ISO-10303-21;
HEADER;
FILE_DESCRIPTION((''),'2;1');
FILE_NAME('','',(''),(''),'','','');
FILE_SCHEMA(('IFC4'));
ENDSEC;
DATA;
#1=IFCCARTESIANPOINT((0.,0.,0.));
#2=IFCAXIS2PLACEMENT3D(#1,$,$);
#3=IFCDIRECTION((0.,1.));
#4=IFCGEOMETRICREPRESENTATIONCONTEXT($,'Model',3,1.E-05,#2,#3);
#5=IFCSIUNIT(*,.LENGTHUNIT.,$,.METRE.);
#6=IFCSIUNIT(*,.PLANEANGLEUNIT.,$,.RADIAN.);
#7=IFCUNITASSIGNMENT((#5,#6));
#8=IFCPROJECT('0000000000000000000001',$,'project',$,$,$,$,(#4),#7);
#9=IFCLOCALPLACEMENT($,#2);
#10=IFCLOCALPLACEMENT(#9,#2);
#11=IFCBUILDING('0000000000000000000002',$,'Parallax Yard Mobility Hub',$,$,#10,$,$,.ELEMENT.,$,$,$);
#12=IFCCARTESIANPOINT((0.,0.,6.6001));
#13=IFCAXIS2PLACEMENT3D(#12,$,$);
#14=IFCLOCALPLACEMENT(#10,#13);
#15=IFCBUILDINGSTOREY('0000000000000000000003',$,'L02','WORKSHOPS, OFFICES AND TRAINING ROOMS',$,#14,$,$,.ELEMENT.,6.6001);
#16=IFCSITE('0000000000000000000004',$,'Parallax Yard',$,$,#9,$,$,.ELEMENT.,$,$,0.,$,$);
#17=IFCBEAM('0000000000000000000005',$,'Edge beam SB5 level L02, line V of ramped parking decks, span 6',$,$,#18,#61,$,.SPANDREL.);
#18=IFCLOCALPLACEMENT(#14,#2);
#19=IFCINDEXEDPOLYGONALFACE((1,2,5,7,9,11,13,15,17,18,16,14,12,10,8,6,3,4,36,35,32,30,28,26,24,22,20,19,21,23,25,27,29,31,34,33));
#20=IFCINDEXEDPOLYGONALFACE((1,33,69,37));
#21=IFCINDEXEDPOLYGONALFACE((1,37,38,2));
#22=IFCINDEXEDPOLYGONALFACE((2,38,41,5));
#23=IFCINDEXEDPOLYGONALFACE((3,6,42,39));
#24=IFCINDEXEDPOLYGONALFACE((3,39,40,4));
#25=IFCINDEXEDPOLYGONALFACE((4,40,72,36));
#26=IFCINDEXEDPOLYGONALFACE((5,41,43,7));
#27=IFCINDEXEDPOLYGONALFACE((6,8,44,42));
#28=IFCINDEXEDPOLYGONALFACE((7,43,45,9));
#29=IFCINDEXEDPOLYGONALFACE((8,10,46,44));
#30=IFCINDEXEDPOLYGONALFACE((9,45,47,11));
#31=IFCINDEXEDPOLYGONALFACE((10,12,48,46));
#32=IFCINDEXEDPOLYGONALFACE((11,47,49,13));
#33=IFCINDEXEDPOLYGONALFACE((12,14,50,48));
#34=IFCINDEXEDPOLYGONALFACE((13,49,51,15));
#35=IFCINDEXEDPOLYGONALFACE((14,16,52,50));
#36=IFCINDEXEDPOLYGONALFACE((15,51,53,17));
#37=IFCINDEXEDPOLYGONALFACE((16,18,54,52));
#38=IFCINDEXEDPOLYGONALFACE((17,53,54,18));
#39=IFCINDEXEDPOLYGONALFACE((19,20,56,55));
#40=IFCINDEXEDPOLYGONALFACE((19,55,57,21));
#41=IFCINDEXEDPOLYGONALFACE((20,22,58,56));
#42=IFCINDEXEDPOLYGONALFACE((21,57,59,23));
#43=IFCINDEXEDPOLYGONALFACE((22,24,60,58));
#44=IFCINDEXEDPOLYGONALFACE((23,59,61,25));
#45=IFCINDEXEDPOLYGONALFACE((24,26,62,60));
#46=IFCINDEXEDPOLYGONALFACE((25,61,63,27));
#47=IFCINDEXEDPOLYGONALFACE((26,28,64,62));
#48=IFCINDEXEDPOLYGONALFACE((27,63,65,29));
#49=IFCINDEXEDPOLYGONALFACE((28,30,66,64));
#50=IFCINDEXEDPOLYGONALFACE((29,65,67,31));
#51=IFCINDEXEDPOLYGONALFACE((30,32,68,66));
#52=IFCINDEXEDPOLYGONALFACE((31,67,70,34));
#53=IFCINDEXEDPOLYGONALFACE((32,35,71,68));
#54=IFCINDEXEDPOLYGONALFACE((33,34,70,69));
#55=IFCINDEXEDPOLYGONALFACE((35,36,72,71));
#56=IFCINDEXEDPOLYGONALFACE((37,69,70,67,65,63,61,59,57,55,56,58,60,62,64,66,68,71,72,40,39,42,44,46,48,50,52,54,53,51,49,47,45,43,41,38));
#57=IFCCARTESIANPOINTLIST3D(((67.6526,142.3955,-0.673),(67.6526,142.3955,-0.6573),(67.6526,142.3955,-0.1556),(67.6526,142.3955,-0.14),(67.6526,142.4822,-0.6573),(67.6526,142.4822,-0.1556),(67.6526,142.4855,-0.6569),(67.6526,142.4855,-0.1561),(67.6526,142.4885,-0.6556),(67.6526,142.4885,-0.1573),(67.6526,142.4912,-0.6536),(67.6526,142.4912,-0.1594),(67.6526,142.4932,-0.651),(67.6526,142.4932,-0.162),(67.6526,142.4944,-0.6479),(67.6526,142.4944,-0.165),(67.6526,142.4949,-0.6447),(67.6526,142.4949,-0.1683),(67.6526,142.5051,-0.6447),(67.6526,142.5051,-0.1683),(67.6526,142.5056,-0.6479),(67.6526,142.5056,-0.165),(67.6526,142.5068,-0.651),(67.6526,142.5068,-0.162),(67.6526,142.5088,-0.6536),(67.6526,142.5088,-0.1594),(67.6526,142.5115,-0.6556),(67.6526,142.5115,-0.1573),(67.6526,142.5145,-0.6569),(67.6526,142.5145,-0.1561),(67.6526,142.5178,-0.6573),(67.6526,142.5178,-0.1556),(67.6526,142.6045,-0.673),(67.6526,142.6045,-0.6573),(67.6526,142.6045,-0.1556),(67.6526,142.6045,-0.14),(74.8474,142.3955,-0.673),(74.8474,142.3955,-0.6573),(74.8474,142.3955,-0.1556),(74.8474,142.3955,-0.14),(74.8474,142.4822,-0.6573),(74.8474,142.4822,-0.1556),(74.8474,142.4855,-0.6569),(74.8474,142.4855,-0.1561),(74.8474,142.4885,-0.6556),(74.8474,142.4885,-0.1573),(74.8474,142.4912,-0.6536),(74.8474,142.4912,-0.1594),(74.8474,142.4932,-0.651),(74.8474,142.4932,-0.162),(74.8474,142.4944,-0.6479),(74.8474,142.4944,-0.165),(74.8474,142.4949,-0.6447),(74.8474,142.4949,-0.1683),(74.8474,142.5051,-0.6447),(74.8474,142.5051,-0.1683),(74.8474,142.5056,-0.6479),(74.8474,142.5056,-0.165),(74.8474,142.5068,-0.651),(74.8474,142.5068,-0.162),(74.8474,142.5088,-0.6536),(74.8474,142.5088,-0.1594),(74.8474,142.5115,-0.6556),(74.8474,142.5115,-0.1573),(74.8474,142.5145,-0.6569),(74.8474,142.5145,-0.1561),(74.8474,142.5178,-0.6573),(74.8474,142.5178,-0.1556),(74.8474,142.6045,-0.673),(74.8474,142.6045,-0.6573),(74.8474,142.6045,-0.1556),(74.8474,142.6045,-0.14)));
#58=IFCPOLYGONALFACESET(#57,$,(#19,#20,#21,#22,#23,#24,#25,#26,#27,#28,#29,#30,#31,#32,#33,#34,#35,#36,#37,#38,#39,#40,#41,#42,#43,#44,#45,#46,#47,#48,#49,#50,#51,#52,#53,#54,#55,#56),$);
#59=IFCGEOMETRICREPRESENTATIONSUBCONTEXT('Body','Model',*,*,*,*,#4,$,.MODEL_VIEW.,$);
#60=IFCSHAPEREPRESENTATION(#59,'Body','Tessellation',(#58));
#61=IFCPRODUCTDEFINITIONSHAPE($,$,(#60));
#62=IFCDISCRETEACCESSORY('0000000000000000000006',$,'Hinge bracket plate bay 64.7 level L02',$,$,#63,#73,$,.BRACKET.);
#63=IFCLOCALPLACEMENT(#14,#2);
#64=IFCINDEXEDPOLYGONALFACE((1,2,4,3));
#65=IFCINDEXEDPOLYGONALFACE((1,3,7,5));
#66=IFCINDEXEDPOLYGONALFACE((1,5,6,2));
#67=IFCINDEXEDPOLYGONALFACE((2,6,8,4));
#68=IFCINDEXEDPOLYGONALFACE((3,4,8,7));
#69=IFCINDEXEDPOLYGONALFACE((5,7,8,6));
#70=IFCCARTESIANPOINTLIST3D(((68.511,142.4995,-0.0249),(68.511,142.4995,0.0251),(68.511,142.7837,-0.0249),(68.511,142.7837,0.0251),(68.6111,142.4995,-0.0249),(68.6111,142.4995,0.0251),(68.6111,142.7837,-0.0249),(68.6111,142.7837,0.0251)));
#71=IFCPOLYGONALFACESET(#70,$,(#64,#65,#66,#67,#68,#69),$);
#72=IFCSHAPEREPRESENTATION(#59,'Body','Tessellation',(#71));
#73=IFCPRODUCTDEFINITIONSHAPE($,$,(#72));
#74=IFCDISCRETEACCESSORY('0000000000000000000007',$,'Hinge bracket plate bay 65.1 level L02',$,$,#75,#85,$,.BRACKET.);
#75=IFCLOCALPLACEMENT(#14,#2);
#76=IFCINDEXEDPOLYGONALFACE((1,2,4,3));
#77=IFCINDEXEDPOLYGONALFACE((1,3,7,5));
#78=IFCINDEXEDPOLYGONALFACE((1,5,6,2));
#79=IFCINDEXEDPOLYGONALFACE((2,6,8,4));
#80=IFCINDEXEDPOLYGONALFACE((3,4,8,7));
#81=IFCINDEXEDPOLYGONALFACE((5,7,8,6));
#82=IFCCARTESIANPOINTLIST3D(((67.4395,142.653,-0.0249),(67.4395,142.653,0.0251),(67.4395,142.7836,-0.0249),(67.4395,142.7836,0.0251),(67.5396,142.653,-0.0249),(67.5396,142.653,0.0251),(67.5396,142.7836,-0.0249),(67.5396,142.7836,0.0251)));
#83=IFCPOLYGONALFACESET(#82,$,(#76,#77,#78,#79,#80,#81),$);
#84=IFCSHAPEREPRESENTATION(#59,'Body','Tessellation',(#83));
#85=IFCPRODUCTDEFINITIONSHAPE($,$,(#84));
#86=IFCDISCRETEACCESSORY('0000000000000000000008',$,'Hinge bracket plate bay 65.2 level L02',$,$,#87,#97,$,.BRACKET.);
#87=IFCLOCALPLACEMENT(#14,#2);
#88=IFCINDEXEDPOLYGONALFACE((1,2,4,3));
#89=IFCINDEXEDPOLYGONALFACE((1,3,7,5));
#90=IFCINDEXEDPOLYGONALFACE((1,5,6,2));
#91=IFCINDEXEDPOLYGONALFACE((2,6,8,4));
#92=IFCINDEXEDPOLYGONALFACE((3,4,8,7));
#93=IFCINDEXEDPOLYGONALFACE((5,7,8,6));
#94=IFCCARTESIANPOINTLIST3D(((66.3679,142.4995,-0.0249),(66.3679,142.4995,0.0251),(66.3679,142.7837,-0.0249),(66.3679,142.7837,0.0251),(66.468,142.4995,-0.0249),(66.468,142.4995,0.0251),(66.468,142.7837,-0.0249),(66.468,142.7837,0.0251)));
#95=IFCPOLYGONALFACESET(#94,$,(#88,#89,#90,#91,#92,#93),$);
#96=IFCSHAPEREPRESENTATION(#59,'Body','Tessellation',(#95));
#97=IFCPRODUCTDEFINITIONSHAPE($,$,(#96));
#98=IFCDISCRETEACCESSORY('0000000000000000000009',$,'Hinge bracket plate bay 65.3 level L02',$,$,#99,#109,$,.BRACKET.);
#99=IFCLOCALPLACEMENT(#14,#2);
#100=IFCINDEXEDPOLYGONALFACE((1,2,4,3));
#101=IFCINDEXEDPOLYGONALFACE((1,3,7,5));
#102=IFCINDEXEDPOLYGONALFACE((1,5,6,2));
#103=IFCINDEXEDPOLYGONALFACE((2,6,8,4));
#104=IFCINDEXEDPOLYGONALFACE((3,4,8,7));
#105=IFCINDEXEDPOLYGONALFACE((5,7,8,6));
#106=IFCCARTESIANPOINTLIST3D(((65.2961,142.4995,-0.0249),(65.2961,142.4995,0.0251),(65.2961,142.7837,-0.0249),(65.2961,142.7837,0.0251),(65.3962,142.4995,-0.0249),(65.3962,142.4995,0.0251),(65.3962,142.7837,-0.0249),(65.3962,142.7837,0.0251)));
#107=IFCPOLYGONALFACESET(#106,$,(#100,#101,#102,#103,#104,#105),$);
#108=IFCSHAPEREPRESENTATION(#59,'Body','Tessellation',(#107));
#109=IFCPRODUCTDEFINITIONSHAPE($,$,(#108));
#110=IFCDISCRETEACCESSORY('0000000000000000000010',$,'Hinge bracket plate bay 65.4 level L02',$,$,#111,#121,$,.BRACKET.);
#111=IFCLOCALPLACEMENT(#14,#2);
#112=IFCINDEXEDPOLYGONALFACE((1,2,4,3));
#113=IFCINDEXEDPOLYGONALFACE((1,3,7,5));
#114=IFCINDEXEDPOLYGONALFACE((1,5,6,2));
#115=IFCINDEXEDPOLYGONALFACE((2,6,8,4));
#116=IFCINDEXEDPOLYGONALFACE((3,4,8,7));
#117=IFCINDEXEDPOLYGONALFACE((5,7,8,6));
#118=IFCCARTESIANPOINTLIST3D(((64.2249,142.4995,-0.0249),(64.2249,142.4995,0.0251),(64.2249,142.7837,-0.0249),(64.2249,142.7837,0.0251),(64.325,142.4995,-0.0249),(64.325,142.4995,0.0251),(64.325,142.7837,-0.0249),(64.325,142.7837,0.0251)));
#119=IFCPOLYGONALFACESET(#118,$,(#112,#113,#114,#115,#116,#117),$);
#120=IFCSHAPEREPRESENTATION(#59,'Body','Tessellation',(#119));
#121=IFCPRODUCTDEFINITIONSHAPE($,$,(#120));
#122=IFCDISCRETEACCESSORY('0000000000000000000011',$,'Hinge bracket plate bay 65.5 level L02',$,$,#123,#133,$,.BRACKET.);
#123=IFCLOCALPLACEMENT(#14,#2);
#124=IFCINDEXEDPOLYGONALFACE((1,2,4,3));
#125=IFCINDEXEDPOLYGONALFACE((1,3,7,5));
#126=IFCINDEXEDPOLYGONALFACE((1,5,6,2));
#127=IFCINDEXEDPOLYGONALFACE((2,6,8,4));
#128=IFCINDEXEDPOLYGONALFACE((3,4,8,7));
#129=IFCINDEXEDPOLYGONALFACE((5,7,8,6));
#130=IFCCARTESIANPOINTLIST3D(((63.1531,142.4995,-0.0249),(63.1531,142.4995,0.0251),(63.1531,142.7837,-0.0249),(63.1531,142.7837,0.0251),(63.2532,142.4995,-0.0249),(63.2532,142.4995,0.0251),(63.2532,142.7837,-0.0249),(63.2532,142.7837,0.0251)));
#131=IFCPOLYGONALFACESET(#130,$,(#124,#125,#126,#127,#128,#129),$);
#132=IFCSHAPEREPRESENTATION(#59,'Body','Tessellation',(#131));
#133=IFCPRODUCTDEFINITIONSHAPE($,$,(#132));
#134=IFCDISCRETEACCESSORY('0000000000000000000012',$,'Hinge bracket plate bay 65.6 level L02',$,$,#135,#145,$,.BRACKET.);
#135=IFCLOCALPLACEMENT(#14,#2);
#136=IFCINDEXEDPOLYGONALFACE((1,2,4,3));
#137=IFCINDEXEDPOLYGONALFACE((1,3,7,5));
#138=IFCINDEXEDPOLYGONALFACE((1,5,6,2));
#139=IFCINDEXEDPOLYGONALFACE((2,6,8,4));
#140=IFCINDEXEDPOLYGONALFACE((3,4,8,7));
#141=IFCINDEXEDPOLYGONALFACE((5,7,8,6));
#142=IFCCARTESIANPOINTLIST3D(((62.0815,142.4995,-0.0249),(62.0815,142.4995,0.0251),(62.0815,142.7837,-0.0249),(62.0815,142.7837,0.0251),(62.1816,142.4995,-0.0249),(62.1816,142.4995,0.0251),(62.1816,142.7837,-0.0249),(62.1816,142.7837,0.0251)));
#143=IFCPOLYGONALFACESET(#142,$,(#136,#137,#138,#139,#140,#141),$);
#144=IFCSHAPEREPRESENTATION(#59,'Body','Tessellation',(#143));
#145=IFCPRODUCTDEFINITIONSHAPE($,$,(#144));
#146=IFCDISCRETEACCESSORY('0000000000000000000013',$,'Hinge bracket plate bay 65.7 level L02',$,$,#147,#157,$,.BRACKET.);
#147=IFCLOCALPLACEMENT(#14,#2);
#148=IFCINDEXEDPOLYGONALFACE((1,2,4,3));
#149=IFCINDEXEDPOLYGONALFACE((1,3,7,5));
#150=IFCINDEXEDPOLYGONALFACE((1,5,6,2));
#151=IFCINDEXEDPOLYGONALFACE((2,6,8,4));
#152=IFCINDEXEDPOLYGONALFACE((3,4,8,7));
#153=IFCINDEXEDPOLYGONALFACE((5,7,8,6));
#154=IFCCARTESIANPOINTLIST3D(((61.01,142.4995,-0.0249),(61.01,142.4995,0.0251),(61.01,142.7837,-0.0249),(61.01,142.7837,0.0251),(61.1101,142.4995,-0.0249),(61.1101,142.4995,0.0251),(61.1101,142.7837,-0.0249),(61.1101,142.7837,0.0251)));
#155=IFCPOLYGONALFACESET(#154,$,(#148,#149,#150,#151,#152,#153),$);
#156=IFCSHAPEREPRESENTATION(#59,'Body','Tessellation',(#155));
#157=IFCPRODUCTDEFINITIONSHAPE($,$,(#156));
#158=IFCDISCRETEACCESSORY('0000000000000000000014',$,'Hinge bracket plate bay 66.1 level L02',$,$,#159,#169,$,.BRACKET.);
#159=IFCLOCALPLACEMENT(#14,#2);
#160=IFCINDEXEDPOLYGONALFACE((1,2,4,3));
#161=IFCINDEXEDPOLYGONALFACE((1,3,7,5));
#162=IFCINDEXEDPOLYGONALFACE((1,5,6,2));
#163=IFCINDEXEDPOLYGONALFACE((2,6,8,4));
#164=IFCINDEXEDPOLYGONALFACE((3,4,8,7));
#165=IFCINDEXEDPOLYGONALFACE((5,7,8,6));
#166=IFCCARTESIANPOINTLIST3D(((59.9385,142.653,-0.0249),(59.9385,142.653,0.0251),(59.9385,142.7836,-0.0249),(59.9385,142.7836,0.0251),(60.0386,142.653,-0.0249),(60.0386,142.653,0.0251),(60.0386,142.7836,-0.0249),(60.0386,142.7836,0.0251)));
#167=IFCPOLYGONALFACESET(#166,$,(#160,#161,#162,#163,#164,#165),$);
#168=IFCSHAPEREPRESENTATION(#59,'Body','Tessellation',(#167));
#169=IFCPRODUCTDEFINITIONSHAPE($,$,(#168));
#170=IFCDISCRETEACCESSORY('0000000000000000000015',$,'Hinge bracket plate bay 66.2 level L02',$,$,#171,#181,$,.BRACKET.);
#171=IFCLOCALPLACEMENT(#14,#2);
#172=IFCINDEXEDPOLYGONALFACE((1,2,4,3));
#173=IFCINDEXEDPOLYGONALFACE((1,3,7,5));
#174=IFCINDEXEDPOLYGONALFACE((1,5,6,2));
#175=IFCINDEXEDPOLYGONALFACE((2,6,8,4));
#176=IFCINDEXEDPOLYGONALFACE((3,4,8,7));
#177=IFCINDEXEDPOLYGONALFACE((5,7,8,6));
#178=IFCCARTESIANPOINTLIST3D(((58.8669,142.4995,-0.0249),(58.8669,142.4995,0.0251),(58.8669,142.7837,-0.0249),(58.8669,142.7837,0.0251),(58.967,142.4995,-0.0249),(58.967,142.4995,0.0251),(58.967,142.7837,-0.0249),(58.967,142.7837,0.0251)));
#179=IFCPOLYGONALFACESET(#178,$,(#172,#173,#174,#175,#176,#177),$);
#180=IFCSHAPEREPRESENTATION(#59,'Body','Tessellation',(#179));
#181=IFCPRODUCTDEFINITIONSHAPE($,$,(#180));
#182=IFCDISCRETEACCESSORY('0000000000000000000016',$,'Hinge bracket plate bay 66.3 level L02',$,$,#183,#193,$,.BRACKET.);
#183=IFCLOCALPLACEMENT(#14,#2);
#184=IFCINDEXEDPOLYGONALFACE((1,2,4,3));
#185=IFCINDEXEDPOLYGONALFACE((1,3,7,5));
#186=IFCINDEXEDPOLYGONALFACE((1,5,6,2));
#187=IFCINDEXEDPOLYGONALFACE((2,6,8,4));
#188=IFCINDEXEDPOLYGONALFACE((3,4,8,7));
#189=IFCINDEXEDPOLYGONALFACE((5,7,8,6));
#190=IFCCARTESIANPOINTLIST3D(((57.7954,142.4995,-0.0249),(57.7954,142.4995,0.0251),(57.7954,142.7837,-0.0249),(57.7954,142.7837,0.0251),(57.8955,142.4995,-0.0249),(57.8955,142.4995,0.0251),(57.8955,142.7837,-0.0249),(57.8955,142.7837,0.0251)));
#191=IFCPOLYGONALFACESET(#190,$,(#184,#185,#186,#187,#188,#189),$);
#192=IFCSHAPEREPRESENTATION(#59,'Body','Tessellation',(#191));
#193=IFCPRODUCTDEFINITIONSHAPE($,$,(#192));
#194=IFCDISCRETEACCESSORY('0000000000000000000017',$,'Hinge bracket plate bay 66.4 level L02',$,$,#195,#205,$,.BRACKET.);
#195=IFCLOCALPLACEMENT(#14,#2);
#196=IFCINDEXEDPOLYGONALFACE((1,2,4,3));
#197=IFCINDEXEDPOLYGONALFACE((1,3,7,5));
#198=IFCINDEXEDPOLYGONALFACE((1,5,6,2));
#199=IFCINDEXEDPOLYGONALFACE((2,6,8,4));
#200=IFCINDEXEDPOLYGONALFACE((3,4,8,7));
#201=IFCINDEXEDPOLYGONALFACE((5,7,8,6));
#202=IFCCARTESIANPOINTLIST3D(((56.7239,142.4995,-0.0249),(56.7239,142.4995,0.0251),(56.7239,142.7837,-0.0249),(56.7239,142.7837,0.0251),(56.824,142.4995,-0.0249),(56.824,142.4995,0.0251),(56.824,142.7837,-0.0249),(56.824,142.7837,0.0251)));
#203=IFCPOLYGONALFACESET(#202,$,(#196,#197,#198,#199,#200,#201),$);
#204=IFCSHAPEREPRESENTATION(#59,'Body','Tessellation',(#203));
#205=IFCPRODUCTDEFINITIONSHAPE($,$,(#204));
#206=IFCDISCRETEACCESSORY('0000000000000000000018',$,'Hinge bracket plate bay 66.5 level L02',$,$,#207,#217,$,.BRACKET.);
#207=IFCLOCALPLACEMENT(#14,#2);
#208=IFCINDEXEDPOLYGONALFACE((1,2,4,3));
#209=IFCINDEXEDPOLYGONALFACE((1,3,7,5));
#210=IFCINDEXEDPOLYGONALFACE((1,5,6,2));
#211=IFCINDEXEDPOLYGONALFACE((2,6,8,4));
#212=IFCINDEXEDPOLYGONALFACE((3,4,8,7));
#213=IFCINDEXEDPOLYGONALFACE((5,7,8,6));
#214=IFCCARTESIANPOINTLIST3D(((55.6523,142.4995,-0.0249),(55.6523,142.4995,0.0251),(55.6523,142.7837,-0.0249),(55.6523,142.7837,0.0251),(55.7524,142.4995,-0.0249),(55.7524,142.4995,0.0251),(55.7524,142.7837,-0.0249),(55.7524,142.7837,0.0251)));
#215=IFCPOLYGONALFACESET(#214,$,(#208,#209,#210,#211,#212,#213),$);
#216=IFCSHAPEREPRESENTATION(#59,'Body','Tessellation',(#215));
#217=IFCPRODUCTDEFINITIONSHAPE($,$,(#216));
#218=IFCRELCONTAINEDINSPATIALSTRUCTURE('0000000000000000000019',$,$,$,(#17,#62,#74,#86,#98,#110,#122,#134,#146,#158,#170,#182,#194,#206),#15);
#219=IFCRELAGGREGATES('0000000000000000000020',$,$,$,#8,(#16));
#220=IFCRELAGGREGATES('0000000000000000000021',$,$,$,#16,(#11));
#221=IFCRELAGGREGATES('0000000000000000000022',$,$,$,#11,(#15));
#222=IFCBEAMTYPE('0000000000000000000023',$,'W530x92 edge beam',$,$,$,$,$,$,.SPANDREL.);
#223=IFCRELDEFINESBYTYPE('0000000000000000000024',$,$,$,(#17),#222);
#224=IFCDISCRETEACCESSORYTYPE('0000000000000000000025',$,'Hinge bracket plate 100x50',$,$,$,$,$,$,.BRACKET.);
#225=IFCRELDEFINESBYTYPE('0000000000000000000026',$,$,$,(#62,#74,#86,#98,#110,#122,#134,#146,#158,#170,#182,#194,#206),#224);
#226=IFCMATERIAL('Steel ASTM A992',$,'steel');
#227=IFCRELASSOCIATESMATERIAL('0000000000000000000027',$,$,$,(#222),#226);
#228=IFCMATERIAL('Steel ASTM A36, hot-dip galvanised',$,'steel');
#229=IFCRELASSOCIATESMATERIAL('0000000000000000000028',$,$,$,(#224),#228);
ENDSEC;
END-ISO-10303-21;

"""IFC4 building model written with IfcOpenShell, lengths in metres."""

from ifc_helpers import new_model, si_unit, direction, frame, origin, origin_2d, place, context, subcontext, project, spatial, rectangle, i_section, extrude, material, material_profile, profile_set, type_object, element, save


model = new_model("IFC4")

# Units and contexts
model_context = context("Model", 3, precision=1e-05, world=origin(), true_north=direction((0.0, 1.0)))
body_context = subcontext(model_context, "Body", "Model", "MODEL_VIEW")
ifc_project = project(units=[si_unit("LENGTHUNIT", "METRE"), si_unit("PLANEANGLEUNIT", "RADIAN")], contexts=[model_context])

# Site, building, storey
site_placement = place(None, origin())
site = spatial("IfcSite", under=ifc_project, at=site_placement, Name="Parallax Yard", CompositionType="ELEMENT", RefElevation=0.0)
building_placement = place(site_placement, origin())
building = spatial("IfcBuilding", under=site, at=building_placement, Name="Parallax Yard Mobility Hub", CompositionType="ELEMENT")
storey_placement = place(building_placement, frame((0.0, 0.0, 6.6001)))
storey = spatial("IfcBuildingStorey", under=building, at=storey_placement, Name="L02", Description="WORKSHOPS, OFFICES AND TRAINING ROOMS", CompositionType="ELEMENT", Elevation=6.6001)

# Beam
ifc_material_1 = material(Name="Steel ASTM A992", Category="steel")
ifc_material_profile_1 = material_profile(ifc_material_1, i_section(OverallWidth=0.209, OverallDepth=0.533, WebThickness=0.0103, FlangeThickness=0.0156, FilletRadius=0.0127, at=origin_2d()), Name="W530x92")
ifc_profile_set_1 = profile_set([ifc_material_profile_1], Name="Steel ASTM A992")
beam_type = type_object("IfcBeamType", Name="W530x92 edge beam", PredefinedType="SPANDREL", material=ifc_profile_set_1)
beam_placement = place(storey_placement, frame((67.6526, 142.5, -0.4065), z_axis=(1.0, 0.0, 0.0), x_axis=(0.0, 1.0, 0.0)))
element("IfcBeam", 1, at=beam_placement, inside=storey, type_object=beam_type, Name="Edge beam SB5 level L02, line V of ramped parking decks, span 6", PredefinedType="SPANDREL", context=body_context, shape_type="SweptSolid", body=[
    extrude(i_section(OverallWidth=0.209, OverallDepth=0.533, WebThickness=0.0103, FlangeThickness=0.0156, FilletRadius=0.0127, at=origin_2d()), origin(), (0.0, 0.0, 1.0), 7.1948),
])

# Discrete accessories
ifc_material_2 = material(Name="Steel ASTM A36, hot-dip galvanised", Category="steel")
discrete_accessory_type_1 = type_object("IfcDiscreteAccessoryType", Name="Hinge bracket plate 100x50", PredefinedType="BRACKET", material=ifc_material_2)
discrete_accessory_1_placement = place(storey_placement, frame((68.561, 142.6416, -0.0249), z_axis=(0.0, 0.0, 1.0), x_axis=(0.0, 1.0, 0.0)))
element("IfcDiscreteAccessory", 2, at=discrete_accessory_1_placement, inside=storey, type_object=discrete_accessory_type_1, Name="Hinge bracket plate bay 64.7 level L02", PredefinedType="BRACKET", context=body_context, shape_type="SweptSolid", body=[
    extrude(rectangle(XDim=0.2842, YDim=0.1001, at=origin_2d()), origin(), (0.0, 0.0, 1.0), 0.05),
])
discrete_accessory_2_placement = place(storey_placement, frame((67.4895, 142.7183, -0.0249), z_axis=(0.0, 0.0, 1.0), x_axis=(0.0, 1.0, 0.0)))
element("IfcDiscreteAccessory", 3, at=discrete_accessory_2_placement, inside=storey, type_object=discrete_accessory_type_1, Name="Hinge bracket plate bay 65.1 level L02", PredefinedType="BRACKET", context=body_context, shape_type="SweptSolid", body=[
    extrude(rectangle(XDim=0.1306, YDim=0.1001, at=origin_2d()), origin(), (0.0, 0.0, 1.0), 0.05),
])
for number, where, z_axis, x_axis, name in (
    (4, (66.418, 142.6416, -0.0249), (0.0, 0.0, 1.0), (0.0, 1.0, 0.0), "Hinge bracket plate bay 65.2 level L02"),
    (5, (65.3462, 142.6416, -0.0249), (0.0, 0.0, 1.0), (0.0, 1.0, 0.0), "Hinge bracket plate bay 65.3 level L02"),
    (6, (64.2749, 142.6416, -0.0249), (0.0, 0.0, 1.0), (0.0, 1.0, 0.0), "Hinge bracket plate bay 65.4 level L02"),
    (7, (63.2031, 142.6416, -0.0249), (0.0, 0.0, 1.0), (0.0, 1.0, 0.0), "Hinge bracket plate bay 65.5 level L02"),
    (8, (62.1316, 142.6416, -0.0249), (0.0, 0.0, 1.0), (0.0, 1.0, 0.0), "Hinge bracket plate bay 65.6 level L02"),
    (9, (61.0601, 142.6416, -0.0249), (0.0, 0.0, 1.0), (0.0, 1.0, 0.0), "Hinge bracket plate bay 65.7 level L02"),
):
    element("IfcDiscreteAccessory", number, at=place(storey_placement, frame(where, z_axis=z_axis, x_axis=x_axis)), inside=storey, type_object=discrete_accessory_type_1, Name=name, PredefinedType="BRACKET", context=body_context, shape_type="SweptSolid", body=[
        extrude(rectangle(XDim=0.2842, YDim=0.1001, at=origin_2d()), origin(), (0.0, 0.0, 1.0), 0.05),
    ])
discrete_accessory_3_placement = place(storey_placement, frame((59.9885, 142.7183, -0.0249), z_axis=(0.0, 0.0, 1.0), x_axis=(0.0, 1.0, 0.0)))
element("IfcDiscreteAccessory", 10, at=discrete_accessory_3_placement, inside=storey, type_object=discrete_accessory_type_1, Name="Hinge bracket plate bay 66.1 level L02", PredefinedType="BRACKET", context=body_context, shape_type="SweptSolid", body=[
    extrude(rectangle(XDim=0.1306, YDim=0.1001, at=origin_2d()), origin(), (0.0, 0.0, 1.0), 0.05),
])
for number, where, z_axis, x_axis, name in (
    (11, (58.917, 142.6416, -0.0249), (0.0, 0.0, 1.0), (0.0, 1.0, 0.0), "Hinge bracket plate bay 66.2 level L02"),
    (12, (57.8455, 142.6416, -0.0249), (0.0, 0.0, 1.0), (0.0, 1.0, 0.0), "Hinge bracket plate bay 66.3 level L02"),
    (13, (56.7739, 142.6416, -0.0249), (0.0, 0.0, 1.0), (0.0, 1.0, 0.0), "Hinge bracket plate bay 66.4 level L02"),
    (14, (55.7024, 142.6416, -0.0249), (0.0, 0.0, 1.0), (0.0, 1.0, 0.0), "Hinge bracket plate bay 66.5 level L02"),
):
    element("IfcDiscreteAccessory", number, at=place(storey_placement, frame(where, z_axis=z_axis, x_axis=x_axis)), inside=storey, type_object=discrete_accessory_type_1, Name=name, PredefinedType="BRACKET", context=body_context, shape_type="SweptSolid", body=[
        extrude(rectangle(XDim=0.2842, YDim=0.1001, at=origin_2d()), origin(), (0.0, 0.0, 1.0), 0.05),
    ])

save(model, "model.ifc")
